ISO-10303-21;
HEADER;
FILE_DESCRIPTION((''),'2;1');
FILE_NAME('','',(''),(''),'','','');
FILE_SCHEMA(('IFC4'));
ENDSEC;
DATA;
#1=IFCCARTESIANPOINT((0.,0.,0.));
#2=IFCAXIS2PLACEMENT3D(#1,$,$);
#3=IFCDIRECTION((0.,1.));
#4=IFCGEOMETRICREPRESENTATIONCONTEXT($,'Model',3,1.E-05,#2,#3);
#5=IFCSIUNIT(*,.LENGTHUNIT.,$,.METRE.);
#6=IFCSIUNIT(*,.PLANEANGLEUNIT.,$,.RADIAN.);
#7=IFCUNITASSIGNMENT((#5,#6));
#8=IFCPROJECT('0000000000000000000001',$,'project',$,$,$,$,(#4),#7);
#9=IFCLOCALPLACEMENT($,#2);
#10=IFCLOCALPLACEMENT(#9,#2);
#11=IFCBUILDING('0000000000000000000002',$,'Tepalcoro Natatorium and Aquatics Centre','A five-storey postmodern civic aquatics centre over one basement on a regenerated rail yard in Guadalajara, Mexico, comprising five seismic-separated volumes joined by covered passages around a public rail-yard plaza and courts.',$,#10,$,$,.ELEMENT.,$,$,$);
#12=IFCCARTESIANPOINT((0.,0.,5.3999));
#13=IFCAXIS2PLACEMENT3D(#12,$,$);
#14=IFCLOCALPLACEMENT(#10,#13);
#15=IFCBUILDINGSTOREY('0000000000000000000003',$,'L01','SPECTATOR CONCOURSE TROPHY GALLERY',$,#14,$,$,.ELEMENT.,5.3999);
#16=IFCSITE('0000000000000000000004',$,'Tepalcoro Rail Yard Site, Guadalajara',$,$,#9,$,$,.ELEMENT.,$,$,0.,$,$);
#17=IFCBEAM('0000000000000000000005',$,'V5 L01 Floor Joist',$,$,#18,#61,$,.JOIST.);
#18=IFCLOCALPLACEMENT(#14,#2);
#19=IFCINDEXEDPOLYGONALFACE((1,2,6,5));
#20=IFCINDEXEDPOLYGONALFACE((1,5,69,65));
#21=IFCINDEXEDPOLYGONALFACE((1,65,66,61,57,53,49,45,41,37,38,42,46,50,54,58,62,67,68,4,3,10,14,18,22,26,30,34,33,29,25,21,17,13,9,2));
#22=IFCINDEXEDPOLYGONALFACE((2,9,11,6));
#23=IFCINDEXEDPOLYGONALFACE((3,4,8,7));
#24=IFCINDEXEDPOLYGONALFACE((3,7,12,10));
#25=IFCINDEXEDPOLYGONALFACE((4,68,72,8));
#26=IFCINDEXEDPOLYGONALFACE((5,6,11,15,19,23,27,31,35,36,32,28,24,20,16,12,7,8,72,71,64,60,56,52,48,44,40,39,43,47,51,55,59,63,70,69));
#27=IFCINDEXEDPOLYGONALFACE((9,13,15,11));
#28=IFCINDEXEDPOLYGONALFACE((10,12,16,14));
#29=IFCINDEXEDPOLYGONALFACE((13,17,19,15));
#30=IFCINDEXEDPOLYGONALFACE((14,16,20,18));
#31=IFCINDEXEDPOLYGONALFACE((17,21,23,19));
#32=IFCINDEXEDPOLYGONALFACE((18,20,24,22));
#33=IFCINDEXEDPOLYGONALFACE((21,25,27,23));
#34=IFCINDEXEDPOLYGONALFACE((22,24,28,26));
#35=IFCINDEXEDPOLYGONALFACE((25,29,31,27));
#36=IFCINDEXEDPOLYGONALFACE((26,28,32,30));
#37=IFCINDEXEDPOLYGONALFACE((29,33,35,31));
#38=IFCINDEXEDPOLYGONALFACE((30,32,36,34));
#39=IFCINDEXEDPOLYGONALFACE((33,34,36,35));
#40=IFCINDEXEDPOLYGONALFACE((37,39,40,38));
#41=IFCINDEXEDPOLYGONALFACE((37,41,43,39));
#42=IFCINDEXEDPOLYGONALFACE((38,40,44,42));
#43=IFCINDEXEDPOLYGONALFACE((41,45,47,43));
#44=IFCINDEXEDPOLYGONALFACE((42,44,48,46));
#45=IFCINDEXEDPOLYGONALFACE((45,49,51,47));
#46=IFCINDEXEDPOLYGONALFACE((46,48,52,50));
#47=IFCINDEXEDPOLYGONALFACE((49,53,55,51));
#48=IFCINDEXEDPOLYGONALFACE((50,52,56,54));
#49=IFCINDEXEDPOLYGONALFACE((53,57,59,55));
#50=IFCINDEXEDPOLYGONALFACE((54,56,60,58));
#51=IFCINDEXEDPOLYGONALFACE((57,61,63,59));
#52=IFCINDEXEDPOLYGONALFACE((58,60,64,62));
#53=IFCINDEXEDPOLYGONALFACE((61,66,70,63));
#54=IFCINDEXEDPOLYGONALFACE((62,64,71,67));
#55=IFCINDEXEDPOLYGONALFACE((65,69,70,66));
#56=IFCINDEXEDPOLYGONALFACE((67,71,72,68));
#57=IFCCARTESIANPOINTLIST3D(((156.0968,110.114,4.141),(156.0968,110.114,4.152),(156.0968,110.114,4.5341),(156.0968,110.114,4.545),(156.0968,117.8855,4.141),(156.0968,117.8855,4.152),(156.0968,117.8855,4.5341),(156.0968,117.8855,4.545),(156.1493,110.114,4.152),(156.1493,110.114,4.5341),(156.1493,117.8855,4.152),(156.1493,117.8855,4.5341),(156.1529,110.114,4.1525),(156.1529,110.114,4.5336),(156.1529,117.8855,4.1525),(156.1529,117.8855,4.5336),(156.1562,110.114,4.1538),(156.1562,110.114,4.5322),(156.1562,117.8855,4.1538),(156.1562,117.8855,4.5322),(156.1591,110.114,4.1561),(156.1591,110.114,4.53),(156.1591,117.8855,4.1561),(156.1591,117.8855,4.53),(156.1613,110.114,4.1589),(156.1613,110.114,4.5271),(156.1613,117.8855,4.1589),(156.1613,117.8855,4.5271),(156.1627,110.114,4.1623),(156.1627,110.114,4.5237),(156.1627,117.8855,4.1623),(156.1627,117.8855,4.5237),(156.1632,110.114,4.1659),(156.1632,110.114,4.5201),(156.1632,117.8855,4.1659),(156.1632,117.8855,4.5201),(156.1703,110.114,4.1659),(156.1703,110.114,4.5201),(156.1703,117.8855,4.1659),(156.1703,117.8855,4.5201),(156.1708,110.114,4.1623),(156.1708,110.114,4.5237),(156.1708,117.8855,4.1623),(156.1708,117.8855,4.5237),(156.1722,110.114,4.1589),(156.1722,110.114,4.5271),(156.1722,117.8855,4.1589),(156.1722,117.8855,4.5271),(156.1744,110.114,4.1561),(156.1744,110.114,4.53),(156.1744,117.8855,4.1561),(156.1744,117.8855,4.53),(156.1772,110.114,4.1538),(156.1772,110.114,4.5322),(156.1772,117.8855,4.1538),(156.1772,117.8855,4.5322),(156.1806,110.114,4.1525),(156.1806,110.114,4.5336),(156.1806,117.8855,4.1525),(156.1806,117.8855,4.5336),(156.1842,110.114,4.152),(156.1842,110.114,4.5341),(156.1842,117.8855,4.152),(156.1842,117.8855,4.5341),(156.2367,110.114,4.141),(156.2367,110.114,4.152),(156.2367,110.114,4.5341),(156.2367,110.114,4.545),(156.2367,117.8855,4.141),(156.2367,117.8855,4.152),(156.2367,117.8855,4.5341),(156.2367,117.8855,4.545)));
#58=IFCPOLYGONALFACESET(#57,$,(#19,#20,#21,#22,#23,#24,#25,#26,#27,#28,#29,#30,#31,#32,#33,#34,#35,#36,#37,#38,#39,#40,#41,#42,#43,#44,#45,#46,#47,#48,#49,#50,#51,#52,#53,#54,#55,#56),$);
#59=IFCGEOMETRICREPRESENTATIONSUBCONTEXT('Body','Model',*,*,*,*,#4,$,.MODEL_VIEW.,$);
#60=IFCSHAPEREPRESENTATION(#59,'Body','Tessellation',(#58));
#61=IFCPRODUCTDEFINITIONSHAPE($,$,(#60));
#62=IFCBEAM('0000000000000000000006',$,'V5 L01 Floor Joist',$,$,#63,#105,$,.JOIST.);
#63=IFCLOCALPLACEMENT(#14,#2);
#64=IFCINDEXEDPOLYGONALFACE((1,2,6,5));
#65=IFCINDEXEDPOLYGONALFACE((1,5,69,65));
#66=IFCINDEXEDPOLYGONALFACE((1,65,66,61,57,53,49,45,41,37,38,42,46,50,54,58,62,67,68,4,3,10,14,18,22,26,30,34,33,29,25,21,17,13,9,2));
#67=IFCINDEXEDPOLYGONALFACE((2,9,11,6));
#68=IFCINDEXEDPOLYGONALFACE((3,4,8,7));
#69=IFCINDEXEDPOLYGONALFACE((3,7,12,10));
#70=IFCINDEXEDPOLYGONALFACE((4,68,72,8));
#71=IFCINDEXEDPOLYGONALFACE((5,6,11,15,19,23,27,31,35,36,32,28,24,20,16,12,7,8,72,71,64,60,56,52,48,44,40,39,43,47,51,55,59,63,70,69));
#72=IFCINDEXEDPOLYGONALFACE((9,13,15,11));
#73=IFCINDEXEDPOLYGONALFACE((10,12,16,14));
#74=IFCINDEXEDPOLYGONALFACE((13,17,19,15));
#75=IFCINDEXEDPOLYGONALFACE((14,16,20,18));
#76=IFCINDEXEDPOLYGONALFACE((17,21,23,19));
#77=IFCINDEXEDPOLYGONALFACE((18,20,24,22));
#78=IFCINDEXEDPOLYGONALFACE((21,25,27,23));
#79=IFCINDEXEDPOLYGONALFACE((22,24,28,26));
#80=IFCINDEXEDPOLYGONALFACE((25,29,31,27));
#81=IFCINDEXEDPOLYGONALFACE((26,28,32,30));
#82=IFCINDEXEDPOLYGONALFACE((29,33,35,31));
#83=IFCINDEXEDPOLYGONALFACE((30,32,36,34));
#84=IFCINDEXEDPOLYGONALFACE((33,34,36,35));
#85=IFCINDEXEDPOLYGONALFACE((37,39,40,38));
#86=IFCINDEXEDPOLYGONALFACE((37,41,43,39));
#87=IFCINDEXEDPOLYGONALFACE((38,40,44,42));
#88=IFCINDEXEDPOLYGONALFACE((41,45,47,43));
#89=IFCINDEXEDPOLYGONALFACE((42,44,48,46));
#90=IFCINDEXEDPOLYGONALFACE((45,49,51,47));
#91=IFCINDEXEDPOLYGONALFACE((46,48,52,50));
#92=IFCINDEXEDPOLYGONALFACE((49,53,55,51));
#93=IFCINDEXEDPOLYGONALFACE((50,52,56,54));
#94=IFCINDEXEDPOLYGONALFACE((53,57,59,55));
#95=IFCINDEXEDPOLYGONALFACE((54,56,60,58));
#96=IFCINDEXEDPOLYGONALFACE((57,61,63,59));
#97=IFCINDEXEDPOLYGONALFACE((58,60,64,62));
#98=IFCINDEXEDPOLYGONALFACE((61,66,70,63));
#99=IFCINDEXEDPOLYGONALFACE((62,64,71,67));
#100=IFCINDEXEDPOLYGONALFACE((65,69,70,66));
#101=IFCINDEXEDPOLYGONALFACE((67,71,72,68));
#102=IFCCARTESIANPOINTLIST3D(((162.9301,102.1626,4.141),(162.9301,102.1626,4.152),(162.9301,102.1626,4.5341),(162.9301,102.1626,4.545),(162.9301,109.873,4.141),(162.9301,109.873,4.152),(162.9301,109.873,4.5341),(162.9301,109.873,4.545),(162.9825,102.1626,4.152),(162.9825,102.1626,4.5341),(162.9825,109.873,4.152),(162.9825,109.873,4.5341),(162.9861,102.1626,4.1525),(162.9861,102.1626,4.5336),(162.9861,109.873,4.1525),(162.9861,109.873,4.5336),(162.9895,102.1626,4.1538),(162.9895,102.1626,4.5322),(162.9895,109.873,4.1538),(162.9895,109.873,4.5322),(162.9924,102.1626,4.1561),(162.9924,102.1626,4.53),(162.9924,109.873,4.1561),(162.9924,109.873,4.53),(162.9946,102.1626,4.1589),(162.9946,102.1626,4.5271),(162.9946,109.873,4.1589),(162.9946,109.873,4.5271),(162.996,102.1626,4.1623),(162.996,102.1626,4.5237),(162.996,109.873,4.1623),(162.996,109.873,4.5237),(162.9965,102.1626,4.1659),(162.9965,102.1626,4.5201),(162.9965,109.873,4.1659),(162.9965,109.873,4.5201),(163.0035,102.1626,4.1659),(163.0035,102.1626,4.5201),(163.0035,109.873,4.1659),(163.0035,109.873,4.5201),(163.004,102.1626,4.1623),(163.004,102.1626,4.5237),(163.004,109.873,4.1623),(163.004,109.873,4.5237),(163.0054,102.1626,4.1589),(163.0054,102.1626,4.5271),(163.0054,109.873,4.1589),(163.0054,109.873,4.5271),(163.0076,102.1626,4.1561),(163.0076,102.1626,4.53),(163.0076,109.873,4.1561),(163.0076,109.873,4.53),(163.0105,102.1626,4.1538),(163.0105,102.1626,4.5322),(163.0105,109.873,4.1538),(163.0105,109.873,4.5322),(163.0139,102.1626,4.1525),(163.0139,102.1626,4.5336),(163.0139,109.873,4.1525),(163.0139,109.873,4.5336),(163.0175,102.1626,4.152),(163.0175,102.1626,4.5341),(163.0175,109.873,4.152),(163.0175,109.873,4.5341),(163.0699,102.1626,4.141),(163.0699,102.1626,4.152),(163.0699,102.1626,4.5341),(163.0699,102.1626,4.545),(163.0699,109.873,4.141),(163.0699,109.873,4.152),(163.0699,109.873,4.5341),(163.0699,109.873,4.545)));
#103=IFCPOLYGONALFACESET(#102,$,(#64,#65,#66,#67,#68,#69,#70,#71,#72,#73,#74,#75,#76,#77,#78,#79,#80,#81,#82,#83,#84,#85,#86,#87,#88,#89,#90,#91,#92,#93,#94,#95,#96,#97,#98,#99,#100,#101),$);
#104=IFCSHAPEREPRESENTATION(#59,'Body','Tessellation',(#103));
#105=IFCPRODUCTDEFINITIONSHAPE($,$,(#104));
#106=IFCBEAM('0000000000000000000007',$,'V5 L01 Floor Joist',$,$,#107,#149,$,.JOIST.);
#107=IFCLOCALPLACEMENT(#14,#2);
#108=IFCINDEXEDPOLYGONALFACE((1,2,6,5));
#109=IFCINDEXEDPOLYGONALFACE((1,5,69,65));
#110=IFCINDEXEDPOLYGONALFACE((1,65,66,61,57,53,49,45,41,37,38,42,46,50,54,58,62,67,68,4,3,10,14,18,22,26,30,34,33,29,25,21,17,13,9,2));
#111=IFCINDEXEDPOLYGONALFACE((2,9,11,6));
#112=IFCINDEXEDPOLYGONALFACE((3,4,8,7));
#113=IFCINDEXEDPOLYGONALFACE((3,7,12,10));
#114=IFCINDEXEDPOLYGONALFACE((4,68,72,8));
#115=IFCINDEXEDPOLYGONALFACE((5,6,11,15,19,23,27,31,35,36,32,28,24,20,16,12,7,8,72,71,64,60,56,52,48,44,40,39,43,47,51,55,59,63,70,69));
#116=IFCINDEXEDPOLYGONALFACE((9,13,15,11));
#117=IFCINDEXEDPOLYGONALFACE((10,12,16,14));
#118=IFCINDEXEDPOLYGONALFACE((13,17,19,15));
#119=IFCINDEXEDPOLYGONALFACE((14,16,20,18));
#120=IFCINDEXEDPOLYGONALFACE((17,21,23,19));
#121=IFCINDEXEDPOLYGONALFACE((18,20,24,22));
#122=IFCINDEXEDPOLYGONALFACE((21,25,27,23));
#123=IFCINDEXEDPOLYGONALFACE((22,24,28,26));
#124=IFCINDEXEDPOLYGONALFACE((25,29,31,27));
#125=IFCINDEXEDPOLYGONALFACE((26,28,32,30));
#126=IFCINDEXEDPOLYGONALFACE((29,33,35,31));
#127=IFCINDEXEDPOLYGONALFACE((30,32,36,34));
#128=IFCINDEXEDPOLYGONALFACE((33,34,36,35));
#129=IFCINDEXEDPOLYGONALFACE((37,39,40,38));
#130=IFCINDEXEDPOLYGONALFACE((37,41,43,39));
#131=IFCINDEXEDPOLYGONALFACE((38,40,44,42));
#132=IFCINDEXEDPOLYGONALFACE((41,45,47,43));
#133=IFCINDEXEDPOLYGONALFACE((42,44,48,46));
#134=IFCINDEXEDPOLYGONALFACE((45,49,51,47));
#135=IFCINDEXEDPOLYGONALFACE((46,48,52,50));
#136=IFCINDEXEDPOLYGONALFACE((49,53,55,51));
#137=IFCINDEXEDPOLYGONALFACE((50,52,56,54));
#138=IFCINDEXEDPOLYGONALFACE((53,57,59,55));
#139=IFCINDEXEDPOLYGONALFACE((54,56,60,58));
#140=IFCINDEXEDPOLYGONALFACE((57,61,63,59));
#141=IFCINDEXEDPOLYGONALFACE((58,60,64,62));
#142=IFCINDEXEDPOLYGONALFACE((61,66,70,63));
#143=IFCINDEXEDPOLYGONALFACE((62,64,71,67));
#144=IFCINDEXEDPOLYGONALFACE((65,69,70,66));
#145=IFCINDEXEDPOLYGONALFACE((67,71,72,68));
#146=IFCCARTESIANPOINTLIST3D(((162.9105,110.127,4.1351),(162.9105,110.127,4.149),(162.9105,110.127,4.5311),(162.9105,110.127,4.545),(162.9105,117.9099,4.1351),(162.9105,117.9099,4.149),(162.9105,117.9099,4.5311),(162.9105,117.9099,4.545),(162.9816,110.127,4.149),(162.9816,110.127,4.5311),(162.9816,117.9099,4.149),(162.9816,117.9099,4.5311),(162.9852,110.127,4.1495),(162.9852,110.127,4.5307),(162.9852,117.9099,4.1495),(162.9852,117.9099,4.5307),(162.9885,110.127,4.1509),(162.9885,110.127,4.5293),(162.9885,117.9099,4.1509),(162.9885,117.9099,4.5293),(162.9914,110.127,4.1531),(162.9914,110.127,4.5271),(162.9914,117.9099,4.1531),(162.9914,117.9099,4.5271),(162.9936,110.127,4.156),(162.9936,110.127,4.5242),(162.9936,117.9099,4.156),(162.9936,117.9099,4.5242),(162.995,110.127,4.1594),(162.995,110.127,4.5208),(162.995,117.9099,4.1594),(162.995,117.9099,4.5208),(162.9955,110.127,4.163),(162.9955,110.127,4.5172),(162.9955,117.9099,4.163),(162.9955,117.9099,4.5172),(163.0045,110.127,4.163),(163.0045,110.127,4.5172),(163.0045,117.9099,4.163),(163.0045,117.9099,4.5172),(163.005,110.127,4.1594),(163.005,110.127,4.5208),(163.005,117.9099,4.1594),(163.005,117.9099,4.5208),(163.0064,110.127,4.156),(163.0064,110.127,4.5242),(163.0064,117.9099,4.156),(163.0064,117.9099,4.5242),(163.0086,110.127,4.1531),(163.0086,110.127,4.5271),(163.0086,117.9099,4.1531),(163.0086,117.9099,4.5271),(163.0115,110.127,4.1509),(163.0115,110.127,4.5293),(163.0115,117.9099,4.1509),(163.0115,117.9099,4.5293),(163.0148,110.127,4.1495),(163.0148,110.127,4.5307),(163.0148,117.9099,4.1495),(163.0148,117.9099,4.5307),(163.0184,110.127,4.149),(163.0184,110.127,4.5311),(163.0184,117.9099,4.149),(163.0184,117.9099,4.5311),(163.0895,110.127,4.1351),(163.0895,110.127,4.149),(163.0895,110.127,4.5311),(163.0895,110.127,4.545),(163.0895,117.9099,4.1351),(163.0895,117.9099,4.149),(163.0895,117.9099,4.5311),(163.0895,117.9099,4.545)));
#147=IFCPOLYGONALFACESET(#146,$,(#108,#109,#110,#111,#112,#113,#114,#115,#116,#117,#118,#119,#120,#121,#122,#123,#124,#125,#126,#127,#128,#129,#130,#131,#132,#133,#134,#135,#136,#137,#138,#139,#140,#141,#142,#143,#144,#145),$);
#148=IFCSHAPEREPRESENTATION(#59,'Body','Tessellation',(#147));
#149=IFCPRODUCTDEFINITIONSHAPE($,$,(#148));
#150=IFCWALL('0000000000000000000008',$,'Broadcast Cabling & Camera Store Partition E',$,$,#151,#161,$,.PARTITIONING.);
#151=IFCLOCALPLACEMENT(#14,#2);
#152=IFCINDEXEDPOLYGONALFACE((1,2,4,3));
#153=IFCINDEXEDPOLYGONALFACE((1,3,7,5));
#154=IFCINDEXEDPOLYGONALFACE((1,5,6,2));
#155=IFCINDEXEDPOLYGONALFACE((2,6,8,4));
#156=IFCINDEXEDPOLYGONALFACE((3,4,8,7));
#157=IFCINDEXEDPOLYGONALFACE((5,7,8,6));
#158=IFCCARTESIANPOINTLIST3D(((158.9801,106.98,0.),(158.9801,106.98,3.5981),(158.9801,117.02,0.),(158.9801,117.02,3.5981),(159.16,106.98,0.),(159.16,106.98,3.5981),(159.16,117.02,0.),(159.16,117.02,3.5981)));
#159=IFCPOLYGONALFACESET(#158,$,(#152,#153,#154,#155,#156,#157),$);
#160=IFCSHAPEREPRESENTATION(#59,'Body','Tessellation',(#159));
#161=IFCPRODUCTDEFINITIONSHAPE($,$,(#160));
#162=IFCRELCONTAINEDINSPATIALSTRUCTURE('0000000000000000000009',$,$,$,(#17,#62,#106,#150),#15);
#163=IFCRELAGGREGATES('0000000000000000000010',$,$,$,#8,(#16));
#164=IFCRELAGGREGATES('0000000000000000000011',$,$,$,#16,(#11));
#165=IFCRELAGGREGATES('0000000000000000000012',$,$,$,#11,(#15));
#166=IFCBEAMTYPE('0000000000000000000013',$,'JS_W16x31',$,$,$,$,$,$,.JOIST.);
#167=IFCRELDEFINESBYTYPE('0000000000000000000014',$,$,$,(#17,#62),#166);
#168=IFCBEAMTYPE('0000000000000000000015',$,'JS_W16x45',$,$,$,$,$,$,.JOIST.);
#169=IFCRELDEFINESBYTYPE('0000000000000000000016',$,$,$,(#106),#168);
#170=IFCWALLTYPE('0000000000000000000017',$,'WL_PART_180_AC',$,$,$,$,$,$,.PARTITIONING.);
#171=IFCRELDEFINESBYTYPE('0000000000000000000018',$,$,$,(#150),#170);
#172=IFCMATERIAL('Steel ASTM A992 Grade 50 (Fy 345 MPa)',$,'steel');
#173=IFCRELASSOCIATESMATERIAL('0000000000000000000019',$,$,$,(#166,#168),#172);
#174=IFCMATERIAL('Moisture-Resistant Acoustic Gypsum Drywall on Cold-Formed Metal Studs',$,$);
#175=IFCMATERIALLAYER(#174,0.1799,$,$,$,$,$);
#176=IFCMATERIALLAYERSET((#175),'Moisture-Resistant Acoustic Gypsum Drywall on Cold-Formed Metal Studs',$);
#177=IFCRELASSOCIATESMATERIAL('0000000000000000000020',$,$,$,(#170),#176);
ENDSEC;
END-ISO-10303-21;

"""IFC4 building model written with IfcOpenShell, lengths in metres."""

from ifc_helpers import new_model, si_unit, direction, frame, frame_2d, origin, origin_2d, place, context, subcontext, project, spatial, rectangle, i_section, extrude, material, layer, layer_set, material_profile, profile_set, type_object, element, save


model = new_model("IFC4")

# Units and contexts
model_context = context("Model", 3, precision=1e-05, world=origin(), true_north=direction((0.0, 1.0)))
body_context = subcontext(model_context, "Body", "Model", "MODEL_VIEW")
ifc_project = project(units=[si_unit("LENGTHUNIT", "METRE"), si_unit("PLANEANGLEUNIT", "RADIAN")], contexts=[model_context])

# Site, building, storey
site_placement = place(None, origin())
site = spatial("IfcSite", under=ifc_project, at=site_placement, Name="Tepalcoro Rail Yard Site, Guadalajara", CompositionType="ELEMENT", RefElevation=0.0)
building_placement = place(site_placement, origin())
building = spatial("IfcBuilding", under=site, at=building_placement, Name="Tepalcoro Natatorium and Aquatics Centre", Description="A five-storey postmodern civic aquatics centre over one basement on a regenerated rail yard in Guadalajara, Mexico, comprising five seismic-separated volumes joined by covered passages around a public rail-yard plaza and courts.", CompositionType="ELEMENT")
storey_placement = place(building_placement, frame((0.0, 0.0, 5.3999)))
storey = spatial("IfcBuildingStorey", under=building, at=storey_placement, Name="L01", Description="SPECTATOR CONCOURSE TROPHY GALLERY", CompositionType="ELEMENT", Elevation=5.3999)

# Beams
ifc_material_1 = material(Name="Steel ASTM A992 Grade 50 (Fy 345 MPa)", Category="steel")
ifc_material_profile_1 = material_profile(ifc_material_1, i_section(OverallWidth=0.1399, OverallDepth=0.4041, WebThickness=0.0071, FlangeThickness=0.011, FilletRadius=0.0139, at=origin_2d()), Name="W16X31")
ifc_profile_set_1 = profile_set([ifc_material_profile_1], Name="Steel ASTM A992 Grade 50 (Fy 345 MPa)")
beam_type_1 = type_object("IfcBeamType", Name="JS_W16x31", PredefinedType="JOIST", material=ifc_profile_set_1)
beam_1_placement = place(storey_placement, frame((156.1667, 110.114, 4.343), z_axis=(0.0, 1.0, 0.0), x_axis=(-1.0, 0.0, 0.0)))
element("IfcBeam", 1, at=beam_1_placement, inside=storey, type_object=beam_type_1, Name="V5 L01 Floor Joist", PredefinedType="JOIST", context=body_context, shape_type="SweptSolid", body=[
    extrude(i_section(OverallWidth=0.1399, OverallDepth=0.4041, WebThickness=0.0071, FlangeThickness=0.011, FilletRadius=0.0139, at=origin_2d()), origin(), (0.0, 0.0, 1.0), 7.7715),
])
beam_2_placement = place(storey_placement, frame((163.0, 102.1626, 4.343), z_axis=(0.0, 1.0, 0.0), x_axis=(-1.0, 0.0, 0.0)))
element("IfcBeam", 2, at=beam_2_placement, inside=storey, type_object=beam_type_1, Name="V5 L01 Floor Joist", PredefinedType="JOIST", context=body_context, shape_type="SweptSolid", body=[
    extrude(i_section(OverallWidth=0.1399, OverallDepth=0.4041, WebThickness=0.0071, FlangeThickness=0.011, FilletRadius=0.0139, at=origin_2d()), origin(), (0.0, 0.0, 1.0), 7.7104),
])
ifc_material_profile_2 = material_profile(ifc_material_1, i_section(OverallWidth=0.179, OverallDepth=0.4099, WebThickness=0.009, FlangeThickness=0.0139, FilletRadius=0.0139, at=origin_2d()), Name="W16X45")
ifc_profile_set_2 = profile_set([ifc_material_profile_2], Name="Steel ASTM A992 Grade 50 (Fy 345 MPa)")
beam_type_2 = type_object("IfcBeamType", Name="JS_W16x45", PredefinedType="JOIST", material=ifc_profile_set_2)
beam_3_placement = place(storey_placement, frame((163.0, 110.127, 4.3401), z_axis=(0.0, 1.0, 0.0), x_axis=(-1.0, 0.0, 0.0)))
element("IfcBeam", 3, at=beam_3_placement, inside=storey, type_object=beam_type_2, Name="V5 L01 Floor Joist", PredefinedType="JOIST", context=body_context, shape_type="SweptSolid", body=[
    extrude(i_section(OverallWidth=0.179, OverallDepth=0.4099, WebThickness=0.009, FlangeThickness=0.0139, FilletRadius=0.0139, at=origin_2d()), origin(), (0.0, 0.0, 1.0), 7.783),
])

# Wall
ifc_material_2 = material(Name="Moisture-Resistant Acoustic Gypsum Drywall on Cold-Formed Metal Studs")
ifc_layer_1 = layer(ifc_material_2, 0.1799)
ifc_layer_set_1 = layer_set([ifc_layer_1], Name="Moisture-Resistant Acoustic Gypsum Drywall on Cold-Formed Metal Studs")
wall_type_1 = type_object("IfcWallType", Name="WL_PART_180_AC", PredefinedType="PARTITIONING", material=ifc_layer_set_1)
wall_1_placement = place(storey_placement, frame((159.0701, 106.98, 0.0), z_axis=(0.0, 0.0, 1.0), x_axis=(0.0, 1.0, 0.0)))
element("IfcWall", 4, at=wall_1_placement, inside=storey, type_object=wall_type_1, Name="Broadcast Cabling & Camera Store Partition E", PredefinedType="PARTITIONING", context=body_context, shape_type="SweptSolid", body=[
    extrude(rectangle(XDim=10.04, YDim=0.1799, at=frame_2d((5.02, 0.0))), origin(), (0.0, 0.0, 1.0), 3.5981),
])

save(model, "model.ifc")
